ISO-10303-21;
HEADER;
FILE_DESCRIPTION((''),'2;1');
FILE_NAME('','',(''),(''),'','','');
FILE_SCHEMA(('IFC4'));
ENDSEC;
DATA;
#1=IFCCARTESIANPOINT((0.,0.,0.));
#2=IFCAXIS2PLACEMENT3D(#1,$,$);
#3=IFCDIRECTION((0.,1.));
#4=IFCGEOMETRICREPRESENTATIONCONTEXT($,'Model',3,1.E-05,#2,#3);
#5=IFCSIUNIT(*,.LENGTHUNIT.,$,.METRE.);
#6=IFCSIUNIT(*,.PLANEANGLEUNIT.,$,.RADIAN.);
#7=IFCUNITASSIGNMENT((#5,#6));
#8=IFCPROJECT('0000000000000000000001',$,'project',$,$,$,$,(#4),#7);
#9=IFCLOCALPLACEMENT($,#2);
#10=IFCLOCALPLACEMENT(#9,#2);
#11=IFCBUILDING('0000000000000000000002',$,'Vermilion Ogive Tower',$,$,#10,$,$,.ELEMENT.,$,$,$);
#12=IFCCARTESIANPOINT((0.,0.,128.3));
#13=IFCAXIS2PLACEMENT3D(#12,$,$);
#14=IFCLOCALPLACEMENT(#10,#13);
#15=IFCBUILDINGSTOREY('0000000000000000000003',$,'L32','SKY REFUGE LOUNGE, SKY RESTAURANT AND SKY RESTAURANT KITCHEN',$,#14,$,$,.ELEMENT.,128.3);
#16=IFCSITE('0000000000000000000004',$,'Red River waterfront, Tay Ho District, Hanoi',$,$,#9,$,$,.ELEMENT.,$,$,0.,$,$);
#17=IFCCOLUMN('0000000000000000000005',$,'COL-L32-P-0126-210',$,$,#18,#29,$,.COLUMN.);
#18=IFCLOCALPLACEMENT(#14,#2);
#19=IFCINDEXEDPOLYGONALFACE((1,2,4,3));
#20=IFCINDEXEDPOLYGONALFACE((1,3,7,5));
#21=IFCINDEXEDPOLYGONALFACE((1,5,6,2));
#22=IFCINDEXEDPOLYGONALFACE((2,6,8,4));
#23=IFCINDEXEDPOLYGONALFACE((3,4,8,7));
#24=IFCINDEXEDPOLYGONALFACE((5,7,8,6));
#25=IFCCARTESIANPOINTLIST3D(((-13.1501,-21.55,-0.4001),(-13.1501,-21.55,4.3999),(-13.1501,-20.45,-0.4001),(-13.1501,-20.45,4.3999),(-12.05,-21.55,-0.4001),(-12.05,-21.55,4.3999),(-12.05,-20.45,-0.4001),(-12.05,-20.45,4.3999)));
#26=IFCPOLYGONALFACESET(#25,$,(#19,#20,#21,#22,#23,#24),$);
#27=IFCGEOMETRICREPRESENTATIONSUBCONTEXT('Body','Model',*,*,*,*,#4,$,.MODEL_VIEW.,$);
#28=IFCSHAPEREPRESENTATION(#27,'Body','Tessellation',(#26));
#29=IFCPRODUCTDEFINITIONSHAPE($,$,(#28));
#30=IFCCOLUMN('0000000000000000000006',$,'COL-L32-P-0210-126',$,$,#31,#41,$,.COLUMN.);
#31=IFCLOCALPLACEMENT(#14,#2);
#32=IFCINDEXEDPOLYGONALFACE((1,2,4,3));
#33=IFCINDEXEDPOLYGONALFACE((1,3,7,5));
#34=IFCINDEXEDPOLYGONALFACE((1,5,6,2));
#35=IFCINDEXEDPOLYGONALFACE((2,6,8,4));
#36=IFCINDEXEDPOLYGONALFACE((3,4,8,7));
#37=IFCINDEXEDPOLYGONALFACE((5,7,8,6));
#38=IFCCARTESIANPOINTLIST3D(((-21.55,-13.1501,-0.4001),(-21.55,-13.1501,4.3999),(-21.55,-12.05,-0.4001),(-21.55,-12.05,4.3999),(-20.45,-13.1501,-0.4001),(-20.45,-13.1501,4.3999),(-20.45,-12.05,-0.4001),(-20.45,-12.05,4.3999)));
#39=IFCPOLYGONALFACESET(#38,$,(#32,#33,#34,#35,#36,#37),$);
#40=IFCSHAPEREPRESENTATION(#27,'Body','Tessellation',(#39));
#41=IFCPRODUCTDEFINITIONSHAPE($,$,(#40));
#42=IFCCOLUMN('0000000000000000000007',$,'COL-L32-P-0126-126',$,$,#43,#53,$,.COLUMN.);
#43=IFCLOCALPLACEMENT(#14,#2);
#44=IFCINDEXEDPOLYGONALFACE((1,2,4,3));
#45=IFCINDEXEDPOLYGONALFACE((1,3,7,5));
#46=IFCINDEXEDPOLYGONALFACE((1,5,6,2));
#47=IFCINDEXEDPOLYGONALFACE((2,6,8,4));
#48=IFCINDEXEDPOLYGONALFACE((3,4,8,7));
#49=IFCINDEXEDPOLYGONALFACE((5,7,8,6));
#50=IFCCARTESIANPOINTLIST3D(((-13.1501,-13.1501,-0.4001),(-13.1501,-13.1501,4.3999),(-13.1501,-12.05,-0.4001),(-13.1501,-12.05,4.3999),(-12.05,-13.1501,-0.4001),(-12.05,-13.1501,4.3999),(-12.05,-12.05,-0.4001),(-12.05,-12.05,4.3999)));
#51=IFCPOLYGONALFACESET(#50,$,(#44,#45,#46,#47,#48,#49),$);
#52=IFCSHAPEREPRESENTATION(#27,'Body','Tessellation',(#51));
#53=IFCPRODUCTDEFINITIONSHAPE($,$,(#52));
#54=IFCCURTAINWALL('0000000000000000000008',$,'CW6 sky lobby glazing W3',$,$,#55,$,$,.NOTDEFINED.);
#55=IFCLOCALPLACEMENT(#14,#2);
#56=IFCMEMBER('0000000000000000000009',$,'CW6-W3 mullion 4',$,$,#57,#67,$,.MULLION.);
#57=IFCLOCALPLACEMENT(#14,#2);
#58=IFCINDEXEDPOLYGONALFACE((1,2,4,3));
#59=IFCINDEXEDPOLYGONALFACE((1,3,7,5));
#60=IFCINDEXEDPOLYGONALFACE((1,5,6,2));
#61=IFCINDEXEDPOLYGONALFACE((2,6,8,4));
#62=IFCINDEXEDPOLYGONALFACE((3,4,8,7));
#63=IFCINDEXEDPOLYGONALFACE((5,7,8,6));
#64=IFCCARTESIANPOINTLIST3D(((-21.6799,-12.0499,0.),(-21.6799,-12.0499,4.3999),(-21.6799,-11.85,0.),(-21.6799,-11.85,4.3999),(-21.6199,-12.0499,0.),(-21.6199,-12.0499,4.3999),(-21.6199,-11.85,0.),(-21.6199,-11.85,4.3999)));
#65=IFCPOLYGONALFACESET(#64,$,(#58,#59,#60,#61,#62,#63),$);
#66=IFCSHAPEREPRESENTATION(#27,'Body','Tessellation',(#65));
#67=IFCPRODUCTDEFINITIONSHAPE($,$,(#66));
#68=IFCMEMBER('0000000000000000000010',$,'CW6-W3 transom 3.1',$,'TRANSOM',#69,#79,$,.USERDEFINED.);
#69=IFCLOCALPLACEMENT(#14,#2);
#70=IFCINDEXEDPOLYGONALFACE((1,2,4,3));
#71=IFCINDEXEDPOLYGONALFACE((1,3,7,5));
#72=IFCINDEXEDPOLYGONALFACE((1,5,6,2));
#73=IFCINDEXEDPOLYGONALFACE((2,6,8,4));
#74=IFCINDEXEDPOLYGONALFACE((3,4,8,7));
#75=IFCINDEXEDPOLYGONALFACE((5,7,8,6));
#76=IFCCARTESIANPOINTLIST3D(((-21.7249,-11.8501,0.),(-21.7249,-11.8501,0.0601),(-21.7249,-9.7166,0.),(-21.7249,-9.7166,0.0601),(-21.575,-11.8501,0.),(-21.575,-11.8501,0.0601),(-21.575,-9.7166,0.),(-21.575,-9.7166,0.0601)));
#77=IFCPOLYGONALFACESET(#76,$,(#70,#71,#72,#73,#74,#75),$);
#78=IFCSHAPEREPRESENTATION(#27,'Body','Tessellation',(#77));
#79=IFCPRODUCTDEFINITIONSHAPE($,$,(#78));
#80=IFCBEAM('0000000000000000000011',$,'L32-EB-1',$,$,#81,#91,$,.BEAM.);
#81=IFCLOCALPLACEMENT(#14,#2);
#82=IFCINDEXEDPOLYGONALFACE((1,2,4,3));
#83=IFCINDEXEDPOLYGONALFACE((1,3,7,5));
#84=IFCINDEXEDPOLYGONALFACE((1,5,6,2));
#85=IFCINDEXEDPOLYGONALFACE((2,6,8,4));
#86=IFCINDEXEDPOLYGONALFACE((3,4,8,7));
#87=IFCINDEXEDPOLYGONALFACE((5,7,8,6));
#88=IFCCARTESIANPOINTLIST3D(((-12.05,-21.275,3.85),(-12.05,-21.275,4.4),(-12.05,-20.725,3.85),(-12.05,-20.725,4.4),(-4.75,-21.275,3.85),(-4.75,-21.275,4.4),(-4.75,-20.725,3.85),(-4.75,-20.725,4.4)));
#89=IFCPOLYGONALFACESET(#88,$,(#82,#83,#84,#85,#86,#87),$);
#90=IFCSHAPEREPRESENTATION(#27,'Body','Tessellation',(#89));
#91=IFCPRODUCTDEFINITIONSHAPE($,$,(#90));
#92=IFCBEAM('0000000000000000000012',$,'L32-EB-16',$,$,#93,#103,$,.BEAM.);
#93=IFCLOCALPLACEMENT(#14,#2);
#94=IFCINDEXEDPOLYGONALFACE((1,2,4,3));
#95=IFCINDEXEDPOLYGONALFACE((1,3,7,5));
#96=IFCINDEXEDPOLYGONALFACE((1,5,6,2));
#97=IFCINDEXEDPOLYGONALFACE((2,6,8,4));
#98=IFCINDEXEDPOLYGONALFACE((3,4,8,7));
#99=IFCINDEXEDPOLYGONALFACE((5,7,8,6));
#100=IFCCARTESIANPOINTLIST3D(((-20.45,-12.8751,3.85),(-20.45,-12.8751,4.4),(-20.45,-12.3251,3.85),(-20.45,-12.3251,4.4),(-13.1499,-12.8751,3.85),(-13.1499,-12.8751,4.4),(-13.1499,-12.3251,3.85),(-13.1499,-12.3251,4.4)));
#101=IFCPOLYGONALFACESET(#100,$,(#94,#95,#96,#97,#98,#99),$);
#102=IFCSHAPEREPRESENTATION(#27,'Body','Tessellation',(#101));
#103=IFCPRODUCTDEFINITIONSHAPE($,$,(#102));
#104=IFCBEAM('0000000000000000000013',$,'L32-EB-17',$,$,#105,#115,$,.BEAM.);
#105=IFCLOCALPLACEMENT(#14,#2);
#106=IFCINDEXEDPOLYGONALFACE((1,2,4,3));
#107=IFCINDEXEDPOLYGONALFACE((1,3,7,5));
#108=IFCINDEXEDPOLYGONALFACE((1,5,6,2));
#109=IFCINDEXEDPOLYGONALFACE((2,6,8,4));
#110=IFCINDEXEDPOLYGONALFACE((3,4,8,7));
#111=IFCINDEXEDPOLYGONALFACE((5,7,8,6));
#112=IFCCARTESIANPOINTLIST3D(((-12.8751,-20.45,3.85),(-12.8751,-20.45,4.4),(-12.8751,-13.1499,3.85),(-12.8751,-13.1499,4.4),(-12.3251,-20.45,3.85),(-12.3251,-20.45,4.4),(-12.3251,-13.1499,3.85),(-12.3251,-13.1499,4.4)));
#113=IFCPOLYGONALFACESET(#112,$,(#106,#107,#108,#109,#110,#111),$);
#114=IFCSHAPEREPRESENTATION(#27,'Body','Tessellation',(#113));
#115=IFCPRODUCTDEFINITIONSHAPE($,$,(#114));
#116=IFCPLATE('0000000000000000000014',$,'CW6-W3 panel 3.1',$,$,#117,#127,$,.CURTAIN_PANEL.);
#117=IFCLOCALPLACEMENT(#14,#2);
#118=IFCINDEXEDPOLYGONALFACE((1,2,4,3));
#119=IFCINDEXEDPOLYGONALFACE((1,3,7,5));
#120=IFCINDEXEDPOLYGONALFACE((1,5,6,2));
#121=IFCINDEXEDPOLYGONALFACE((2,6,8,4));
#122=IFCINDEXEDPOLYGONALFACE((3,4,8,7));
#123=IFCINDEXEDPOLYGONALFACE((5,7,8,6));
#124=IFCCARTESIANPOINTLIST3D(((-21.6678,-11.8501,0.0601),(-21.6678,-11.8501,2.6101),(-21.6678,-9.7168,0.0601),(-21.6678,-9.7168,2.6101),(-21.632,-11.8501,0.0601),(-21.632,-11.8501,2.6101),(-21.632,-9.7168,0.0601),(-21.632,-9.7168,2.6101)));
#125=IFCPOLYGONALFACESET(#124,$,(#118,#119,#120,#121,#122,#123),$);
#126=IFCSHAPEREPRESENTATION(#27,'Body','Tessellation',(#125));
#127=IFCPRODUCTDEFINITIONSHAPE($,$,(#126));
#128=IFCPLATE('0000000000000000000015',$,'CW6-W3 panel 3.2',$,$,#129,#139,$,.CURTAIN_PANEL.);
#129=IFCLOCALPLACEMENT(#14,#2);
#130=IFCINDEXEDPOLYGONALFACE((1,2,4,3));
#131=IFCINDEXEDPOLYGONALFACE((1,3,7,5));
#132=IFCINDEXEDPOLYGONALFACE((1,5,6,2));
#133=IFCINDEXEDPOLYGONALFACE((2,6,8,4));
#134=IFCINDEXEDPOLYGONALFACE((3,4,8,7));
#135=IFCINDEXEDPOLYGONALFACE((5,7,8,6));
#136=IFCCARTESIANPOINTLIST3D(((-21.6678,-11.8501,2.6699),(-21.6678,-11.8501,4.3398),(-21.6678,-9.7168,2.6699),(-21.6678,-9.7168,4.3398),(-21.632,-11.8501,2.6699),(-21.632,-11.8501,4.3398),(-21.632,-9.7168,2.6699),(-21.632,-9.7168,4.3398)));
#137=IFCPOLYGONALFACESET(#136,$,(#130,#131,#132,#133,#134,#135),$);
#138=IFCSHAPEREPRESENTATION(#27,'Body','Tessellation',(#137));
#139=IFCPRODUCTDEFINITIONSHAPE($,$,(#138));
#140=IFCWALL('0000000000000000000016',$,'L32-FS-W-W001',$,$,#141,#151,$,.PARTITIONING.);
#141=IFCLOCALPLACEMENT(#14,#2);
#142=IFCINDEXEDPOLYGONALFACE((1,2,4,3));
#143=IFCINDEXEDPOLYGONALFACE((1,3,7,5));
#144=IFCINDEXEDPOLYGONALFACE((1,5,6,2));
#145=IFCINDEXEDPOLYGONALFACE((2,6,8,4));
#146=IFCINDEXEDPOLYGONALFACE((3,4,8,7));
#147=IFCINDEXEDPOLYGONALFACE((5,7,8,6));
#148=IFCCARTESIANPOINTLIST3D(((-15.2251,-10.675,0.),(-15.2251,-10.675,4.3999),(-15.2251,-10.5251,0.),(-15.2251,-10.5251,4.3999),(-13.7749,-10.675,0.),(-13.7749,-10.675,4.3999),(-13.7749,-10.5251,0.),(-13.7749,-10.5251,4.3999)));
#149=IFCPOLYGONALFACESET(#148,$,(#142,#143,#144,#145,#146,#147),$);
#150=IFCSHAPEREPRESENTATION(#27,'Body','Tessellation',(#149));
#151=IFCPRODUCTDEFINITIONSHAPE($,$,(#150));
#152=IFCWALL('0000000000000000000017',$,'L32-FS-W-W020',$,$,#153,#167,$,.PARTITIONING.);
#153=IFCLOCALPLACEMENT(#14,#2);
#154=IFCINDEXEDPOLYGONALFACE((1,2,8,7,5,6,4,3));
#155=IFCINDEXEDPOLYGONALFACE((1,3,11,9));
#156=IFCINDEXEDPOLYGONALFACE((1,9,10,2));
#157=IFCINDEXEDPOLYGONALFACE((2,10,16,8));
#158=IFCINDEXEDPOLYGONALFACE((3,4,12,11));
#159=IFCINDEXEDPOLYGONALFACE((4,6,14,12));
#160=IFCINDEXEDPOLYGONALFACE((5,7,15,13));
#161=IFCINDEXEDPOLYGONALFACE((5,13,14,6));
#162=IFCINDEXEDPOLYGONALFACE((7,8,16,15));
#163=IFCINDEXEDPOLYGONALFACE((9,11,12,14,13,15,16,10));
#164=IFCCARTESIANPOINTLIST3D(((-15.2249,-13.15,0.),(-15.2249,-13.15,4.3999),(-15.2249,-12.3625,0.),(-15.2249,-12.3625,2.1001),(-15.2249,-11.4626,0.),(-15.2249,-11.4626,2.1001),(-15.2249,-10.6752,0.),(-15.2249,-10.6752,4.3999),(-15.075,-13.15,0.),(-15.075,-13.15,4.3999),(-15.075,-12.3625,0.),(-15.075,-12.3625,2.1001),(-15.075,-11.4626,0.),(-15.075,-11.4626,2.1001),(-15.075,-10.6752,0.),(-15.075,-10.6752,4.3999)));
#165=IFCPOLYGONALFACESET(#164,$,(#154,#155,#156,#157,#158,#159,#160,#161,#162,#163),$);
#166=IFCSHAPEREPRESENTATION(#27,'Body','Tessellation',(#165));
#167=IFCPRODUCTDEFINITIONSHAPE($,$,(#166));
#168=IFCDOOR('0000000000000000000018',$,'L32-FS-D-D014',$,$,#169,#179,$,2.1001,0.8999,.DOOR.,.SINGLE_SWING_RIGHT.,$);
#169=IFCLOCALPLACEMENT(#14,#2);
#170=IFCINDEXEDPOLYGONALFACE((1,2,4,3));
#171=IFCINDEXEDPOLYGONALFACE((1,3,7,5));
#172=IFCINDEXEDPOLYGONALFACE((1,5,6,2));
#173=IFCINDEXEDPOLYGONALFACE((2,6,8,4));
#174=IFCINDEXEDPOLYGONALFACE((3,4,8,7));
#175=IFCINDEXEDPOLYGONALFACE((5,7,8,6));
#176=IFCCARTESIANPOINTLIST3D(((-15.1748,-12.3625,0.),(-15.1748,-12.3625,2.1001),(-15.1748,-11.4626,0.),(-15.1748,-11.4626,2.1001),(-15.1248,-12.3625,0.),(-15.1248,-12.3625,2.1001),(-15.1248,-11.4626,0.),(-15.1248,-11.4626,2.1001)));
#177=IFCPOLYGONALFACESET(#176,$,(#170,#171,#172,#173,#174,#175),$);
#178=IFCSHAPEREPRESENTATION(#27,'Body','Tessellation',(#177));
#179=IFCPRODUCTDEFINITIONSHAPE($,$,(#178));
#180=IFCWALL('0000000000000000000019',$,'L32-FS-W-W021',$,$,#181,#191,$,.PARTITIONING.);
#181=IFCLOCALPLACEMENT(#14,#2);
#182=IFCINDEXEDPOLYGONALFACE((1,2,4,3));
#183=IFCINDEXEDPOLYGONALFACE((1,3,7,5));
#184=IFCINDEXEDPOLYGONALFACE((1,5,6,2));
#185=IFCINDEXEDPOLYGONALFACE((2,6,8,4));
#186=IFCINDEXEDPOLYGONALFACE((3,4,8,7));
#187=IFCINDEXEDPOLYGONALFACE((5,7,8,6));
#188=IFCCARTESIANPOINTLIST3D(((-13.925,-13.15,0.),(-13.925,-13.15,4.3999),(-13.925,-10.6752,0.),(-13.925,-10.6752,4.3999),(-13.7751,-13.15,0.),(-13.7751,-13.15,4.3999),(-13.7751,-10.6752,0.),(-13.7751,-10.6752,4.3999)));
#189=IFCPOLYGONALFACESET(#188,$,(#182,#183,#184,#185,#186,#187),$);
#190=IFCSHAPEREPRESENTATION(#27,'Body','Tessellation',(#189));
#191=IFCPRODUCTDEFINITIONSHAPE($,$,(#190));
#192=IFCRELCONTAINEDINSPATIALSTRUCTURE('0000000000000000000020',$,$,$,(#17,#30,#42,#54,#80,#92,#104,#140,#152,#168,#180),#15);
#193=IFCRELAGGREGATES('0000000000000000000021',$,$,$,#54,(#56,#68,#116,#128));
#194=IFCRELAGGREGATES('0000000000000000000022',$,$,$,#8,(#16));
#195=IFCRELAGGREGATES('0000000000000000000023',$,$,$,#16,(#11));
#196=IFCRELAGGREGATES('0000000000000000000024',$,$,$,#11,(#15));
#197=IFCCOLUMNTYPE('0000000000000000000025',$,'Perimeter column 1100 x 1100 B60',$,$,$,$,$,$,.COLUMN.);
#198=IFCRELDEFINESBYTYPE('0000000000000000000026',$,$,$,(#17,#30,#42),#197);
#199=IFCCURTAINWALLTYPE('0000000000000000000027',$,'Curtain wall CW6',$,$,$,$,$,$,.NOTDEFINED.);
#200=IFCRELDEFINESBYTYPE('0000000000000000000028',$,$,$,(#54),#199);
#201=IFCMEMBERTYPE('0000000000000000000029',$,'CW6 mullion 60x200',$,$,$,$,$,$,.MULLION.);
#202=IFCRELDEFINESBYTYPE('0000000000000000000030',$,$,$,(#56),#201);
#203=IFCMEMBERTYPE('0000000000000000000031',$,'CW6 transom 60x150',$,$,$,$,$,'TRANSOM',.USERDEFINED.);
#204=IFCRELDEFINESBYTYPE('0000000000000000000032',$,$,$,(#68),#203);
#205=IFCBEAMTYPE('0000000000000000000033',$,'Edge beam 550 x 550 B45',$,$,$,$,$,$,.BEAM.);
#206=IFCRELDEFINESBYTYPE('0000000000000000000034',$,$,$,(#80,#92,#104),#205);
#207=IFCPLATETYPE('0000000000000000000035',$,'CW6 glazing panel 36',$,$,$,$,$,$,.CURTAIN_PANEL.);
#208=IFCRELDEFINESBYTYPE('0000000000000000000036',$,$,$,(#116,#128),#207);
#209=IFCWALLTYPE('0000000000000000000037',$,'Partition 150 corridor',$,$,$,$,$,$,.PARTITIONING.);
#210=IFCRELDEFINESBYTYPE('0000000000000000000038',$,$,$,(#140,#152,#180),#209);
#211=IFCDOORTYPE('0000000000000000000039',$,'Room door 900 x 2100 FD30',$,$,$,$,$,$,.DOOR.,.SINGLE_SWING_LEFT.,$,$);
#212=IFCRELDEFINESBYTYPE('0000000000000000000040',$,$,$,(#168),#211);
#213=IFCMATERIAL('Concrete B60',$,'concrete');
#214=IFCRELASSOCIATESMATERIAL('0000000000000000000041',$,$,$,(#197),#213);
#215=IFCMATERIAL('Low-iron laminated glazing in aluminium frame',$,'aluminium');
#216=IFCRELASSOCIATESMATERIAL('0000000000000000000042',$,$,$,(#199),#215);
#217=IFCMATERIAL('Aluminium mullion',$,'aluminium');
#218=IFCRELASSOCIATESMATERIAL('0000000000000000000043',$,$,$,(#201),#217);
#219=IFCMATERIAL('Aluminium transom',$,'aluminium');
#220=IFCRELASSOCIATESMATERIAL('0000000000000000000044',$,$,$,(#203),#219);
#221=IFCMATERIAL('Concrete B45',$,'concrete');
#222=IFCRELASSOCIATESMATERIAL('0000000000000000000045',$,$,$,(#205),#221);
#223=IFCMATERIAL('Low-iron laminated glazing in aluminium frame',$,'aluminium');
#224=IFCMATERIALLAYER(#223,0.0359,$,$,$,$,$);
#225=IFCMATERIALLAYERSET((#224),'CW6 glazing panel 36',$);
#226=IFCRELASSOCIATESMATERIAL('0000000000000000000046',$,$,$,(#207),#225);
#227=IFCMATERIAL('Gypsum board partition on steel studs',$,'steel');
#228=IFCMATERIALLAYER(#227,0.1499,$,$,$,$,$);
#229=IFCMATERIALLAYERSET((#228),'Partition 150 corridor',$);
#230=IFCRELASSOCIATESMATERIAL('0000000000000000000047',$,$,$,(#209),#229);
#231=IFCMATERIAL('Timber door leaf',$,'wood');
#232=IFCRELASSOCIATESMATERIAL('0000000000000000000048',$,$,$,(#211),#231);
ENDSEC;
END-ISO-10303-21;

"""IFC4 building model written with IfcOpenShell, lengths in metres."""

from ifc_helpers import new_model, si_unit, direction, frame, frame_2d, origin, origin_2d, place, context, subcontext, project, spatial, rectangle, extrude, material, layer, layer_set, material_profile, profile_set, type_object, element, fill, aggregate, save


model = new_model("IFC4")

# Units and contexts
model_context = context("Model", 3, precision=1e-05, world=origin(), true_north=direction((0.0, 1.0)))
body_context = subcontext(model_context, "Body", "Model", "MODEL_VIEW")
ifc_project = project(units=[si_unit("LENGTHUNIT", "METRE"), si_unit("PLANEANGLEUNIT", "RADIAN")], contexts=[model_context])

# Site, building, storey
site_placement = place(None, origin())
site = spatial("IfcSite", under=ifc_project, at=site_placement, Name="Red River waterfront, Tay Ho District, Hanoi", CompositionType="ELEMENT", RefElevation=0.0)
building_placement = place(site_placement, origin())
building = spatial("IfcBuilding", under=site, at=building_placement, Name="Vermilion Ogive Tower", CompositionType="ELEMENT")
storey_placement = place(building_placement, frame((0.0, 0.0, 128.3)))
storey = spatial("IfcBuildingStorey", under=building, at=storey_placement, Name="L32", Description="SKY REFUGE LOUNGE, SKY RESTAURANT AND SKY RESTAURANT KITCHEN", CompositionType="ELEMENT", Elevation=128.3)

# Columns
ifc_material_1 = material(Name="Concrete B60", Category="concrete")
ifc_material_profile_1 = material_profile(ifc_material_1, rectangle(XDim=1.1001, YDim=1.1001, at=origin_2d()), Name="1100 x 1100")
ifc_profile_set_1 = profile_set([ifc_material_profile_1], Name="Concrete B60")
column_type = type_object("IfcColumnType", Name="Perimeter column 1100 x 1100 B60", PredefinedType="COLUMN", material=ifc_profile_set_1)
for number, where, z_axis, x_axis, name in (
    (1, (-12.6001, -21.0, -0.4001), (0.0, 0.0, 1.0), (1.0, 0.0, 0.0), "COL-L32-P-0126-210"),
    (2, (-21.0, -12.6001, -0.4001), (0.0, 0.0, 1.0), (1.0, 0.0, 0.0), "COL-L32-P-0210-126"),
    (3, (-12.6001, -12.6001, -0.4001), (0.0, 0.0, 1.0), (1.0, 0.0, 0.0), "COL-L32-P-0126-126"),
):
    element("IfcColumn", number, at=place(storey_placement, frame(where, z_axis=z_axis, x_axis=x_axis)), inside=storey, type_object=column_type, Name=name, PredefinedType="COLUMN", context=body_context, shape_type="SweptSolid", body=[
        extrude(rectangle(XDim=1.1001, YDim=1.1001, at=origin_2d()), origin(), (0.0, 0.0, 1.0), 4.8),
    ])

# Curtain wall, members
ifc_material_2 = material(Name="Low-iron laminated glazing in aluminium frame", Category="aluminium")
curtain_wall_type = type_object("IfcCurtainWallType", Name="Curtain wall CW6", PredefinedType="NOTDEFINED", material=ifc_material_2)
curtain_wall_placement = place(storey_placement, origin())
curtain_wall = element("IfcCurtainWall", 4, at=curtain_wall_placement, inside=storey, type_object=curtain_wall_type, Name="CW6 sky lobby glazing W3", PredefinedType="NOTDEFINED")
ifc_material_3 = material(Name="Aluminium mullion", Category="aluminium")
ifc_material_profile_2 = material_profile(ifc_material_3, rectangle(XDim=0.0601, YDim=0.2, at=origin_2d()), Name="AL 60x200")
ifc_profile_set_2 = profile_set([ifc_material_profile_2], Name="Aluminium mullion")
member_type_1 = type_object("IfcMemberType", Name="CW6 mullion 60x200", PredefinedType="MULLION", material=ifc_profile_set_2)
member_1_placement = place(storey_placement, frame((-21.6499, -11.95, 0.0), z_axis=(0.0, 0.0, 1.0), x_axis=(1.0, 0.0, 0.0)))
member_1 = element("IfcMember", 5, at=member_1_placement, type_object=member_type_1, Name="CW6-W3 mullion 4", PredefinedType="MULLION", context=body_context, shape_type="SweptSolid", body=[
    extrude(rectangle(XDim=0.0601, YDim=0.2, at=origin_2d()), origin(), (0.0, 0.0, 1.0), 4.3999),
])
ifc_material_4 = material(Name="Aluminium transom", Category="aluminium")
ifc_material_profile_3 = material_profile(ifc_material_4, rectangle(XDim=0.1499, YDim=0.0601, at=origin_2d()), Name="AL 60x150")
ifc_profile_set_3 = profile_set([ifc_material_profile_3], Name="Aluminium transom")
member_type_2 = type_object("IfcMemberType", Name="CW6 transom 60x150", ElementType="TRANSOM", PredefinedType="USERDEFINED", material=ifc_profile_set_3)
member_2_placement = place(storey_placement, frame((-21.6499, -9.7166, 0.03), z_axis=(0.0, -1.0, 0.0), x_axis=(1.0, 0.0, 0.0)))
member_2 = element("IfcMember", 6, at=member_2_placement, type_object=member_type_2, Name="CW6-W3 transom 3.1", ObjectType="TRANSOM", PredefinedType="USERDEFINED", context=body_context, shape_type="SweptSolid", body=[
    extrude(rectangle(XDim=0.1499, YDim=0.0601, at=origin_2d()), origin(), (0.0, 0.0, 1.0), 2.1335),
])

# Beams
ifc_material_5 = material(Name="Concrete B45", Category="concrete")
ifc_material_profile_4 = material_profile(ifc_material_5, rectangle(XDim=0.55, YDim=0.55, at=origin_2d()), Name="550 x 550")
ifc_profile_set_4 = profile_set([ifc_material_profile_4], Name="Concrete B45")
beam_type = type_object("IfcBeamType", Name="Edge beam 550 x 550 B45", PredefinedType="BEAM", material=ifc_profile_set_4)
for number, where, z_axis, x_axis, name in (
    (7, (-12.05, -21.0, 4.125), (1.0, 0.0, 0.0), (0.0, 1.0, 0.0), "L32-EB-1"),
    (8, (-20.45, -12.6001, 4.125), (1.0, 0.0, 0.0), (0.0, 1.0, 0.0), "L32-EB-16"),
    (9, (-12.6001, -13.1499, 4.125), (0.0, -1.0, 0.0), (1.0, 0.0, 0.0), "L32-EB-17"),
):
    element("IfcBeam", number, at=place(storey_placement, frame(where, z_axis=z_axis, x_axis=x_axis)), inside=storey, type_object=beam_type, Name=name, PredefinedType="BEAM", context=body_context, shape_type="SweptSolid", body=[
        extrude(rectangle(XDim=0.55, YDim=0.55, at=origin_2d()), origin(), (0.0, 0.0, 1.0), 7.3),
    ])

# Plates
ifc_material_6 = material(Name="Low-iron laminated glazing in aluminium frame", Category="aluminium")
ifc_layer_1 = layer(ifc_material_6, 0.0359)
ifc_layer_set_1 = layer_set([ifc_layer_1], Name="CW6 glazing panel 36")
plate_type = type_object("IfcPlateType", Name="CW6 glazing panel 36", PredefinedType="CURTAIN_PANEL", material=ifc_layer_set_1)
plate_1_placement = place(storey_placement, frame((-21.6499, -10.7834, 0.0601), z_axis=(0.0, 0.0, 1.0), x_axis=(0.0, -1.0, 0.0)))
plate_1 = element("IfcPlate", 10, at=plate_1_placement, type_object=plate_type, Name="CW6-W3 panel 3.1", PredefinedType="CURTAIN_PANEL", context=body_context, shape_type="SweptSolid", body=[
    extrude(rectangle(XDim=2.1333, YDim=0.0359, at=origin_2d()), origin(), (0.0, 0.0, 1.0), 2.55),
])
plate_2_placement = place(storey_placement, frame((-21.6499, -10.7834, 2.6699), z_axis=(0.0, 0.0, 1.0), x_axis=(0.0, -1.0, 0.0)))
plate_2 = element("IfcPlate", 11, at=plate_2_placement, type_object=plate_type, Name="CW6-W3 panel 3.2", PredefinedType="CURTAIN_PANEL", context=body_context, shape_type="SweptSolid", body=[
    extrude(rectangle(XDim=2.1333, YDim=0.0359, at=origin_2d()), origin(), (0.0, 0.0, 1.0), 1.6699),
])
aggregate(curtain_wall, [member_1, member_2, plate_1, plate_2])

# Wall
ifc_material_7 = material(Name="Gypsum board partition on steel studs", Category="steel")
ifc_layer_2 = layer(ifc_material_7, 0.1499)
ifc_layer_set_2 = layer_set([ifc_layer_2], Name="Partition 150 corridor")
wall_type_1 = type_object("IfcWallType", Name="Partition 150 corridor", PredefinedType="PARTITIONING", material=ifc_layer_set_2)
wall_1_placement = place(storey_placement, frame((-15.2251, -10.6001, 0.0), z_axis=(0.0, 0.0, 1.0), x_axis=(1.0, 0.0, 0.0)))
element("IfcWall", 12, at=wall_1_placement, inside=storey, type_object=wall_type_1, Name="L32-FS-W-W001", PredefinedType="PARTITIONING", context=body_context, shape_type="SweptSolid", body=[
    extrude(rectangle(XDim=1.4502, YDim=0.1499, at=frame_2d((0.7251, 0.0))), origin(), (0.0, 0.0, 1.0), 4.3999),
])

# Wall, opening, door
wall_2_placement = place(storey_placement, frame((-15.1499, -13.1499, 0.0), z_axis=(0.0, 0.0, 1.0), x_axis=(0.0, 1.0, 0.0)))
wall_2 = element("IfcWall", 13, at=wall_2_placement, inside=storey, type_object=wall_type_1, Name="L32-FS-W-W020", PredefinedType="PARTITIONING", context=body_context, shape_type="SweptSolid", body=[
    extrude(rectangle(XDim=2.4749, YDim=0.1499, at=frame_2d((1.2373, 0.0))), origin(), (0.0, 0.0, 1.0), 4.3999),
])
opening_1_placement = place(wall_2_placement, frame((0.7874, 0.0, 0.0)))
opening_1 = element("IfcOpeningElement", 14, at=opening_1_placement, cuts=wall_2, PredefinedType="OPENING", context=body_context, shape_type="SweptSolid", body=[
    extrude(rectangle(XDim=0.8999, YDim=2.1001, at=frame_2d((0.45, 1.05))), frame((0.0, 0.085, 0.0), z_axis=(0.0, -1.0, 0.0), x_axis=(1.0, 0.0, 0.0)), (0.0, 0.0, 1.0), 0.1699),
])
ifc_material_8 = material(Name="Timber door leaf", Category="wood")
door_type_1 = type_object("IfcDoorType", Name="Room door 900 x 2100 FD30", OperationType="SINGLE_SWING_LEFT", PredefinedType="DOOR", material=ifc_material_8)
door_1_placement = place(opening_1_placement, origin())
door_1 = element("IfcDoor", 15, at=door_1_placement, inside=storey, type_object=door_type_1, Name="L32-FS-D-D014", OperationType="SINGLE_SWING_RIGHT", OverallHeight=2.1001, OverallWidth=0.8999, PredefinedType="DOOR", context=body_context, shape_type="SweptSolid", body=[
    extrude(rectangle(XDim=0.8999, YDim=2.1001, at=frame_2d((0.45, 1.05))), frame((0.0, 0.0249, 0.0), z_axis=(0.0, -1.0, 0.0), x_axis=(1.0, 0.0, 0.0)), (0.0, 0.0, 1.0), 0.05),
])
fill(opening_1, door_1)

# Wall
wall_3_placement = place(storey_placement, frame((-13.8501, -13.1499, 0.0), z_axis=(0.0, 0.0, 1.0), x_axis=(0.0, 1.0, 0.0)))
element("IfcWall", 16, at=wall_3_placement, inside=storey, type_object=wall_type_1, Name="L32-FS-W-W021", PredefinedType="PARTITIONING", context=body_context, shape_type="SweptSolid", body=[
    extrude(rectangle(XDim=2.4749, YDim=0.1499, at=frame_2d((1.2373, 0.0))), origin(), (0.0, 0.0, 1.0), 4.3999),
])

save(model, "model.ifc")
